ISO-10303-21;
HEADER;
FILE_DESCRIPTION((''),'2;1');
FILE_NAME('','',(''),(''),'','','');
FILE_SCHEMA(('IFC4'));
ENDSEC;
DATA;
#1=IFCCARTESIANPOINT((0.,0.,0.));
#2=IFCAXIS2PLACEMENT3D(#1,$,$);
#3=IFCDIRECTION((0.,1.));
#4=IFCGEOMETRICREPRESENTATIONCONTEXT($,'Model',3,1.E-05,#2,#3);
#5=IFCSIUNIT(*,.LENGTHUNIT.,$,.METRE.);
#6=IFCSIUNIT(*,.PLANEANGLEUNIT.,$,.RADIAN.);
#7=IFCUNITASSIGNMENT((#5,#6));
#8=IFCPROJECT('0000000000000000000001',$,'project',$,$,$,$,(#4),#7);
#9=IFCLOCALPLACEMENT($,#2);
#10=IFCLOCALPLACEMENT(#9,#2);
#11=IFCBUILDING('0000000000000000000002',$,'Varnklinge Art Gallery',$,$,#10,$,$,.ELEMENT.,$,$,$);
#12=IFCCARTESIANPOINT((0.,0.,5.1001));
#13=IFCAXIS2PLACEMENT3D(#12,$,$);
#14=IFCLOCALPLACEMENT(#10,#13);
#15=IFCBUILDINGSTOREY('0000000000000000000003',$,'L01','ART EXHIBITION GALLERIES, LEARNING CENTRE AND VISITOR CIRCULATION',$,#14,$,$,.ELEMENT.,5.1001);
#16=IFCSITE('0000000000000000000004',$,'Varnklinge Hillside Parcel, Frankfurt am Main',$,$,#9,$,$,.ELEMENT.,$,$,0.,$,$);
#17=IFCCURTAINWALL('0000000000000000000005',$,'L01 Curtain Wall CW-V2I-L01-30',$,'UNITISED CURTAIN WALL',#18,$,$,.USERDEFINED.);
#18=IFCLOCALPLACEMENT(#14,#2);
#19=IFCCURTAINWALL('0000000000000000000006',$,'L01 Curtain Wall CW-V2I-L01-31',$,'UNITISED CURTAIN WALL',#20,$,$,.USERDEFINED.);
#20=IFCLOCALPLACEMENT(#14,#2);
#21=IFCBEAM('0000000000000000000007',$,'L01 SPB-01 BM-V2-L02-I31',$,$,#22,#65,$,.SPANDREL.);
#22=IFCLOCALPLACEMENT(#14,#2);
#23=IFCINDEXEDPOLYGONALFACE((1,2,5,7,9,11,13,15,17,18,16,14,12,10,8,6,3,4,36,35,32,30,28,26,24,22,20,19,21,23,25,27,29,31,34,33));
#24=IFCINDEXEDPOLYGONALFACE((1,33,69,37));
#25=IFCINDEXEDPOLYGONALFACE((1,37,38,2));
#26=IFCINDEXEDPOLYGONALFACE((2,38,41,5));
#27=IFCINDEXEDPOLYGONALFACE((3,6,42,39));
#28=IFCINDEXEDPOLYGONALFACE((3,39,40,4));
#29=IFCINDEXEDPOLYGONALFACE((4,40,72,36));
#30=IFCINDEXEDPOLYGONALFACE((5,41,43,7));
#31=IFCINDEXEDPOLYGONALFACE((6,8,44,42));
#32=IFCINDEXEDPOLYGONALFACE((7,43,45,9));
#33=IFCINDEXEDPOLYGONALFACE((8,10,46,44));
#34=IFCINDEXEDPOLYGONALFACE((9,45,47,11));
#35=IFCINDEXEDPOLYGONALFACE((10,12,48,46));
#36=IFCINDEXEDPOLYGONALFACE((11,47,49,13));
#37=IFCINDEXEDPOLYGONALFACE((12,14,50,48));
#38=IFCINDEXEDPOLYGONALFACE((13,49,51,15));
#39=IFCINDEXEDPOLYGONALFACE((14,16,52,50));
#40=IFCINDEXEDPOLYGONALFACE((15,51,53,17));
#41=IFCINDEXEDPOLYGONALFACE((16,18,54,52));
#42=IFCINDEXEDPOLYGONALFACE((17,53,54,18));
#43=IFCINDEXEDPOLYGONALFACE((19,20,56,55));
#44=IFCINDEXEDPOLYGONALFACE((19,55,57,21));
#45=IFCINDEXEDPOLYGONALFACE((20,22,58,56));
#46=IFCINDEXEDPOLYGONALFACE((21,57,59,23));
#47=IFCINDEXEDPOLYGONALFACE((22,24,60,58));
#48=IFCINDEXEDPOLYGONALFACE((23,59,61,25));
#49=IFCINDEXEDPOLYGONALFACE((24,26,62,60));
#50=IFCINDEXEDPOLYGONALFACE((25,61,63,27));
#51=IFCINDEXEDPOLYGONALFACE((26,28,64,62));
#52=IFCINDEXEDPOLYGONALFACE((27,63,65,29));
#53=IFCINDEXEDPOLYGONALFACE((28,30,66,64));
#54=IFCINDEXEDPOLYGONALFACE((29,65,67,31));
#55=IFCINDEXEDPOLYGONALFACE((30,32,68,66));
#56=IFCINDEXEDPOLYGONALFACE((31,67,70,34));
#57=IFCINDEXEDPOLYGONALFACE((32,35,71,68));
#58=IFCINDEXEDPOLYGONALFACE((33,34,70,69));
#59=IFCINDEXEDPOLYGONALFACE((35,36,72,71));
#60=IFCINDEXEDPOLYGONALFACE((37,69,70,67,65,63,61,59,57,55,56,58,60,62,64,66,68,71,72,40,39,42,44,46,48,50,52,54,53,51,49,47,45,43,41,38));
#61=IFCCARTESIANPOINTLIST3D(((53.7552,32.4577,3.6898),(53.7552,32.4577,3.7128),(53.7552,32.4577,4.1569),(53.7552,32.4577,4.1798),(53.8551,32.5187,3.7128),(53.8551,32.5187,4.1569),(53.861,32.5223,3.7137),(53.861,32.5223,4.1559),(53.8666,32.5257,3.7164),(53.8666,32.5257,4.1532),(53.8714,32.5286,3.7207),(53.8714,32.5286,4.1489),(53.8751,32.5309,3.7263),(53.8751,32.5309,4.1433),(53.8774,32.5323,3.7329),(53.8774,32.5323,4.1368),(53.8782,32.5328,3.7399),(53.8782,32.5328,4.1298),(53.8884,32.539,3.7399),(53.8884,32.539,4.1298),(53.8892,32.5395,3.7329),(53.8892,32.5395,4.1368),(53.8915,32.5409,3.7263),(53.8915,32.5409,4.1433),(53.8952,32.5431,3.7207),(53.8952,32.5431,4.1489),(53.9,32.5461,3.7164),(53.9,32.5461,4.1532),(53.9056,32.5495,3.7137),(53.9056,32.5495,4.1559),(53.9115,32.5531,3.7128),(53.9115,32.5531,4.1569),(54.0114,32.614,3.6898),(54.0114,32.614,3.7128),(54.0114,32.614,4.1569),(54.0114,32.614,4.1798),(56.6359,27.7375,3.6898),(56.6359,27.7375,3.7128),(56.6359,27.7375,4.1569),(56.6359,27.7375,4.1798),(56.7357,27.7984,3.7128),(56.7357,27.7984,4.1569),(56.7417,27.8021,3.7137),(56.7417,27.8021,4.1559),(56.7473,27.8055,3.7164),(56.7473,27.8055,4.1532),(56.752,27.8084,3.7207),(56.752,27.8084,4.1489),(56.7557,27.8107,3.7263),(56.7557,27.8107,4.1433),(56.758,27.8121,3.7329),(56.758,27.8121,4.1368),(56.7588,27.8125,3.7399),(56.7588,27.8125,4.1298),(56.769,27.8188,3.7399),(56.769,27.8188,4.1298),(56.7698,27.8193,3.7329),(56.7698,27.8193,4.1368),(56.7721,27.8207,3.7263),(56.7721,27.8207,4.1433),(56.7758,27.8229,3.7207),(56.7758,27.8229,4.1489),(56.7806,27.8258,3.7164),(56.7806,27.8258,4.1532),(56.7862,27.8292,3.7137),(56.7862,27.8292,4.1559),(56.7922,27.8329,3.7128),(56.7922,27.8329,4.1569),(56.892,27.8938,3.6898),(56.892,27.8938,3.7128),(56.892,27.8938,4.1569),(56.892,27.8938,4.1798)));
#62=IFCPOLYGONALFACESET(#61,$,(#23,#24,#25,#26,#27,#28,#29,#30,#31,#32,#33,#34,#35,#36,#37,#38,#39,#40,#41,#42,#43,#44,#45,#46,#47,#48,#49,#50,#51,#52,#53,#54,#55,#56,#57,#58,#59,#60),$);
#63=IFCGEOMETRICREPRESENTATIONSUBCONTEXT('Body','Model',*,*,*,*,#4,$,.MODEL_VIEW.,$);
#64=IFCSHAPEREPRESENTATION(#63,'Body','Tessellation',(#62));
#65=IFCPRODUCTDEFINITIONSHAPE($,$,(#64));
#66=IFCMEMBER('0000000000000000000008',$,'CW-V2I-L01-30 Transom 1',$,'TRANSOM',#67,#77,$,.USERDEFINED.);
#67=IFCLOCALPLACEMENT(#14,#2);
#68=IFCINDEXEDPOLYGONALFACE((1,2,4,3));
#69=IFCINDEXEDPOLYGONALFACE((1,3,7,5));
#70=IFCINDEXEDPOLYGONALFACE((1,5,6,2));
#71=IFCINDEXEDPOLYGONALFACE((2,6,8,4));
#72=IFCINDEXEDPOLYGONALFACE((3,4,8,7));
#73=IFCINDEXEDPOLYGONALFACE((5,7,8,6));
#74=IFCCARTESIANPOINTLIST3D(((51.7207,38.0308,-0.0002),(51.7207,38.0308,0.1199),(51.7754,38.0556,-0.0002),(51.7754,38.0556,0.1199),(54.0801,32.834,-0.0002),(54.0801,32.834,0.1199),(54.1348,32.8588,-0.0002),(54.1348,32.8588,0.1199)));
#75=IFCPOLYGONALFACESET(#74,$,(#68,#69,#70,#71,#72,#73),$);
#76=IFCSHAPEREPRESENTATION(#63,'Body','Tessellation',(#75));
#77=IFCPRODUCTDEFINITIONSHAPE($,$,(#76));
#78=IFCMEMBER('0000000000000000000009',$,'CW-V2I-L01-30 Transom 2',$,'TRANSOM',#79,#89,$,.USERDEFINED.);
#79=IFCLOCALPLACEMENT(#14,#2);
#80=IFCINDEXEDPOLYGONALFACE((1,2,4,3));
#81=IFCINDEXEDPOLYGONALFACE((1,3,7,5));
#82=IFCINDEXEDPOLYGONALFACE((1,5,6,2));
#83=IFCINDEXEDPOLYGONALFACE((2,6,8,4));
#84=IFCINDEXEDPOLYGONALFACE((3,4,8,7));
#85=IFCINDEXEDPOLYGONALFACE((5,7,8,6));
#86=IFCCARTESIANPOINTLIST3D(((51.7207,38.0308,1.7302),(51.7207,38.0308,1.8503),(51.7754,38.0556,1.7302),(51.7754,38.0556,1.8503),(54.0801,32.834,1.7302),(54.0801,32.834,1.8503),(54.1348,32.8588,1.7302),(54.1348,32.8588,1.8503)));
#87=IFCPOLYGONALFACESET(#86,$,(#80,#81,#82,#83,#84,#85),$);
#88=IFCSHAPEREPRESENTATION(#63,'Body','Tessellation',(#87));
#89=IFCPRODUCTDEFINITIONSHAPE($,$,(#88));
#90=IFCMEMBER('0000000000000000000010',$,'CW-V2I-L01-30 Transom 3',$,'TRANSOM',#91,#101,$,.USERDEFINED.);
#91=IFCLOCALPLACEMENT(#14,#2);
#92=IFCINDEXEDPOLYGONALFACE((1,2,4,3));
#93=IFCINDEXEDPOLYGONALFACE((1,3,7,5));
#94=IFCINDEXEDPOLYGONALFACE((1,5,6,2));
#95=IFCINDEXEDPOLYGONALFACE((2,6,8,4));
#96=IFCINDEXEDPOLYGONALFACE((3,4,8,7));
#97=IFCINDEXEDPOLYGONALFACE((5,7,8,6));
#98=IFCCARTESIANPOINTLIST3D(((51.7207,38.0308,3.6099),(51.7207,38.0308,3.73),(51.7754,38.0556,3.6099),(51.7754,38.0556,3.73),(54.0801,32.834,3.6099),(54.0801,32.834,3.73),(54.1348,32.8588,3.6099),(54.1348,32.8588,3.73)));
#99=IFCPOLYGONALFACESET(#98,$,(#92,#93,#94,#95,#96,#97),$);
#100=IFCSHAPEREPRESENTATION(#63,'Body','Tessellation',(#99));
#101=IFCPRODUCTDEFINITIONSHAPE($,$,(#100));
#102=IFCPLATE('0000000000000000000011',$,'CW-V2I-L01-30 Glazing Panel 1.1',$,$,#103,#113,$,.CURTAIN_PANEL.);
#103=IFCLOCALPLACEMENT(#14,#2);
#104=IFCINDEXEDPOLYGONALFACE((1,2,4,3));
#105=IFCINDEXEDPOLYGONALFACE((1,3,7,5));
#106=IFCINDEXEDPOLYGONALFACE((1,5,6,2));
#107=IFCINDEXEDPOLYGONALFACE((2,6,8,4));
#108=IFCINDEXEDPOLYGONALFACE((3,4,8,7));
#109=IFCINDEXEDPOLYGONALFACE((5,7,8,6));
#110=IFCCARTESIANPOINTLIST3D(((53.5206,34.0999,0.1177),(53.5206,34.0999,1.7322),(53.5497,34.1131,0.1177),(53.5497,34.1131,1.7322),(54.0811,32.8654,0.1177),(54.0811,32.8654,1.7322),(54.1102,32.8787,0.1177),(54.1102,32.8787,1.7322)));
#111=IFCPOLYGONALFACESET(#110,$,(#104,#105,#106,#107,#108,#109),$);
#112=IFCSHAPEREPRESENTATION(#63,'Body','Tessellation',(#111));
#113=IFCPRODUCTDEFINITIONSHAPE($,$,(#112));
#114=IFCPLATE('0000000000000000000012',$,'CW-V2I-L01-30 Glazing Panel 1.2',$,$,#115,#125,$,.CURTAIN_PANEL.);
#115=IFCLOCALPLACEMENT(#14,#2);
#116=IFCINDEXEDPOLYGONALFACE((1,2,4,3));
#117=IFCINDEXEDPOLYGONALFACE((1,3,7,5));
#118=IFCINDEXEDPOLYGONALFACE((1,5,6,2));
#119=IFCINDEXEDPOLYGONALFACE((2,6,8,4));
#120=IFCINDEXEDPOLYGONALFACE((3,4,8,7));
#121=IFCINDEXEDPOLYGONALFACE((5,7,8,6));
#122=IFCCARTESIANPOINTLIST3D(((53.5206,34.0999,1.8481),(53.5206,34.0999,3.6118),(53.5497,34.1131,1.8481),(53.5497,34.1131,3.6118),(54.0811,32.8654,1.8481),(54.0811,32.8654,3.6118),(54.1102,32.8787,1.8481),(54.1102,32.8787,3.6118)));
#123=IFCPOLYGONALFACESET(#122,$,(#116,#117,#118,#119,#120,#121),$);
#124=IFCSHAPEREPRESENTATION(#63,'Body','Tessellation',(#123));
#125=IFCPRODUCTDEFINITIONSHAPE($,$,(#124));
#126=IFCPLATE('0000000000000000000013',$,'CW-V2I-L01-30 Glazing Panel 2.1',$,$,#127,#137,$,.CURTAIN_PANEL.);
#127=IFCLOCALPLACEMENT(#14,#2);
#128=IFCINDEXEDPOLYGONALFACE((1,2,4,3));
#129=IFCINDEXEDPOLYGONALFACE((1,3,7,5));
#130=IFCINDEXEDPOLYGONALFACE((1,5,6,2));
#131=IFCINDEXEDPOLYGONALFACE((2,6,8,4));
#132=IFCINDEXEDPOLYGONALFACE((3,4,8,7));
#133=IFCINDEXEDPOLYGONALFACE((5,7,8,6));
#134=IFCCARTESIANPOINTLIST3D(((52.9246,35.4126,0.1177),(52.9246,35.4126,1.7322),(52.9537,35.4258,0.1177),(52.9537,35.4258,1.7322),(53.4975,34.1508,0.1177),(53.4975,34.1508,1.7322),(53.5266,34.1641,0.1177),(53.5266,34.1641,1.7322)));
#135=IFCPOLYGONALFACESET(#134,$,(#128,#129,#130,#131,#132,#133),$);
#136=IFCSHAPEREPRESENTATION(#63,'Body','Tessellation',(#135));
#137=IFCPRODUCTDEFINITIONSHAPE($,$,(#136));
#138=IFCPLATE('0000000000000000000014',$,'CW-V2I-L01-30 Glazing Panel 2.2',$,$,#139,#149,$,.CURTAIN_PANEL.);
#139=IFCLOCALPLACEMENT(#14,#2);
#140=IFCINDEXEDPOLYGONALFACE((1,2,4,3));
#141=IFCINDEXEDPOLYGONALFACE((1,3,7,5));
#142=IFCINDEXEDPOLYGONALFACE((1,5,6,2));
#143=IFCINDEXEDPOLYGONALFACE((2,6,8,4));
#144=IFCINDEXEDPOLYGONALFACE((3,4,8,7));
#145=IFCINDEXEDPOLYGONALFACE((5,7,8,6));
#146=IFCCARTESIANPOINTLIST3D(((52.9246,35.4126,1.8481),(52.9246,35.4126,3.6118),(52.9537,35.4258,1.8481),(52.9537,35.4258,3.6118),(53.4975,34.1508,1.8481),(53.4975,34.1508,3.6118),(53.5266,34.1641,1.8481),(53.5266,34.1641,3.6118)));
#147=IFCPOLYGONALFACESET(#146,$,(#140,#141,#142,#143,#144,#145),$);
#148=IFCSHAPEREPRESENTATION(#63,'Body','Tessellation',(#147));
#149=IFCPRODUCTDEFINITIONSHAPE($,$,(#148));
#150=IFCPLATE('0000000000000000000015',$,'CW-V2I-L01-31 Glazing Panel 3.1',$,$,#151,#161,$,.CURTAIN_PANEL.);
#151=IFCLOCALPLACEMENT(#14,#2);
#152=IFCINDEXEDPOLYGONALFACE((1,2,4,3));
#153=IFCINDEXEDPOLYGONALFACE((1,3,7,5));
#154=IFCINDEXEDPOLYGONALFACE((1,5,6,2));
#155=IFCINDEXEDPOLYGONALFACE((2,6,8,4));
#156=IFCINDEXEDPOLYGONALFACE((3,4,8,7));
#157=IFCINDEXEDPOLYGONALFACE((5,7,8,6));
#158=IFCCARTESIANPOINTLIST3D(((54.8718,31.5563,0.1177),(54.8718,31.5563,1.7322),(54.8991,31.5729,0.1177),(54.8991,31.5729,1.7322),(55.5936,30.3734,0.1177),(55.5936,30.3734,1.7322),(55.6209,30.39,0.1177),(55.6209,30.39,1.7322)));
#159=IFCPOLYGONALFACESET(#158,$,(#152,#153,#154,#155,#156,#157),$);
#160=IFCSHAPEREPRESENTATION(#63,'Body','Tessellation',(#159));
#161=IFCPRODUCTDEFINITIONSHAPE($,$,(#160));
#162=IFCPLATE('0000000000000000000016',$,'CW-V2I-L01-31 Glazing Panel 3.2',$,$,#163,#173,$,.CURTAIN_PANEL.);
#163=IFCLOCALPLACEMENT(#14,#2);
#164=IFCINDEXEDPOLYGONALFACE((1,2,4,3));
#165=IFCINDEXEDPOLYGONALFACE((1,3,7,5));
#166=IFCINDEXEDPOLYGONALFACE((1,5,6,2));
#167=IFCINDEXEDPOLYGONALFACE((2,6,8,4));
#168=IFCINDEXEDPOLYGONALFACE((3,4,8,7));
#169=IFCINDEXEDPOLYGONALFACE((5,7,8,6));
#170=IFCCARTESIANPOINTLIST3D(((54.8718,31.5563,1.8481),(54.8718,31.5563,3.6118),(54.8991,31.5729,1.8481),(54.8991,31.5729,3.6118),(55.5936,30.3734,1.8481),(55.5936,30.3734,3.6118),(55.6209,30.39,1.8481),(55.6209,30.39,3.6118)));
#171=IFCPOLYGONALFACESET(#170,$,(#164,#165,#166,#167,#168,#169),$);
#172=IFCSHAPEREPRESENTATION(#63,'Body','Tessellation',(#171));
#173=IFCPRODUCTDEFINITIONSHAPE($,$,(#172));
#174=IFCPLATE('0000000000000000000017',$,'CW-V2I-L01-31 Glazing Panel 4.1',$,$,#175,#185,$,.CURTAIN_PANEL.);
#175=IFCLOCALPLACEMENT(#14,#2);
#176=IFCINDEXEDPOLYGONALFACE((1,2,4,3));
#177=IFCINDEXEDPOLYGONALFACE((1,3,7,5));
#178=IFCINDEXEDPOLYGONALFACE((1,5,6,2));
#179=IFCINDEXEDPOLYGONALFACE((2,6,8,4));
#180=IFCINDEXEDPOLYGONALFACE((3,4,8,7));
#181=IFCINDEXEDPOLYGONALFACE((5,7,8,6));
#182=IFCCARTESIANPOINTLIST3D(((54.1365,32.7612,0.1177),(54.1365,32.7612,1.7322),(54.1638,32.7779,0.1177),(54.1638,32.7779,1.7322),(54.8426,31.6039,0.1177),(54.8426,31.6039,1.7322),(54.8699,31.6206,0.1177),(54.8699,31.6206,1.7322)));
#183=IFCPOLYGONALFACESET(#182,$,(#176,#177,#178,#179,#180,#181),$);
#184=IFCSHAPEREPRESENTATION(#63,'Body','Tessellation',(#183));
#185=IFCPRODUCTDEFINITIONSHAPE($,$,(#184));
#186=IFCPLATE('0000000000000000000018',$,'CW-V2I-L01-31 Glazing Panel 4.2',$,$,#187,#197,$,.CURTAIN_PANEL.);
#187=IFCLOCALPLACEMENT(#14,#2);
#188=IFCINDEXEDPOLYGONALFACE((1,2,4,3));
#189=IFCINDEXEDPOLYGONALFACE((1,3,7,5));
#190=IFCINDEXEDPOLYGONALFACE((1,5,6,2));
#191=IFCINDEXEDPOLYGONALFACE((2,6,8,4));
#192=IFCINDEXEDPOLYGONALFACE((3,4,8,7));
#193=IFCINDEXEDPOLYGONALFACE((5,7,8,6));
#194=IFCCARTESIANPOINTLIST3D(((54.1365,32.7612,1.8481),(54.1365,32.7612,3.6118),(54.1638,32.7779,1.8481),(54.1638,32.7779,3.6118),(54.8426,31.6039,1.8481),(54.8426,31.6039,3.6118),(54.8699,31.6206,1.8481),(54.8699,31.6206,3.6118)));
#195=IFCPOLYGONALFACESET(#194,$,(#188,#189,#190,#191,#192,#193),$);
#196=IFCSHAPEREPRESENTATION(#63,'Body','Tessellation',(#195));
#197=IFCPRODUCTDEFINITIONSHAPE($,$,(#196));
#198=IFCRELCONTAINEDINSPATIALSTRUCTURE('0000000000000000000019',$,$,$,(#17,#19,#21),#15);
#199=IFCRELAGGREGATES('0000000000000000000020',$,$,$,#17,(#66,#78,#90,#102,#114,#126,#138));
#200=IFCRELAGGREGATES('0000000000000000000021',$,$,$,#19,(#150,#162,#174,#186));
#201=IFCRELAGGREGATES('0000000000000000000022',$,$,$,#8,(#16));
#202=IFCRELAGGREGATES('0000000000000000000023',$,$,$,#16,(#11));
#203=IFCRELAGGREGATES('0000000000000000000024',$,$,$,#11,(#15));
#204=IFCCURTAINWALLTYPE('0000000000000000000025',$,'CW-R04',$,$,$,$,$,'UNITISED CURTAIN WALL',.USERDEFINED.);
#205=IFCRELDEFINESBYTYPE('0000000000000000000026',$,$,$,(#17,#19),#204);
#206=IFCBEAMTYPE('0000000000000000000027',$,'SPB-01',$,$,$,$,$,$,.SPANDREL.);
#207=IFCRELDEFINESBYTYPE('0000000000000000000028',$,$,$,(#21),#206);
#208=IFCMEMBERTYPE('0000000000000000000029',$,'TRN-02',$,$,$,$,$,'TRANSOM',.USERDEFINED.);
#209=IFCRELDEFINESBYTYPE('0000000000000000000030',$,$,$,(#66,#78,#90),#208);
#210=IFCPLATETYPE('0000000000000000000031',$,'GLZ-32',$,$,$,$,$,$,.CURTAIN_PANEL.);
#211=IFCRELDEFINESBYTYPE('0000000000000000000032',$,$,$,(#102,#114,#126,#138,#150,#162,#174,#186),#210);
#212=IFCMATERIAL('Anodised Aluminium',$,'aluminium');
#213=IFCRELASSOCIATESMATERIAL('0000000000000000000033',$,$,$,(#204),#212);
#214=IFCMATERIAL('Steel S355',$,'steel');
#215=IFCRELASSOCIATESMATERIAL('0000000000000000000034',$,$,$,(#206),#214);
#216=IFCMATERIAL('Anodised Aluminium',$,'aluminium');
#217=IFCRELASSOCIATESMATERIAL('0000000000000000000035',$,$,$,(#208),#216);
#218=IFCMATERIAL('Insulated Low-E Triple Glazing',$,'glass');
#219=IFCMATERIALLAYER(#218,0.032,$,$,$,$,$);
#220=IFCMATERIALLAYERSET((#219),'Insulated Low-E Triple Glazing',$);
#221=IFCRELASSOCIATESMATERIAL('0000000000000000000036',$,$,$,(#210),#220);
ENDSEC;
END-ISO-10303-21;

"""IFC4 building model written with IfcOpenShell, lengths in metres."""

from ifc_helpers import new_model, si_unit, direction, frame, origin, origin_2d, place, context, subcontext, project, spatial, rectangle, i_section, extrude, material, layer, layer_set, material_profile, profile_set, type_object, element, aggregate, save


model = new_model("IFC4")

# Units and contexts
model_context = context("Model", 3, precision=1e-05, world=origin(), true_north=direction((0.0, 1.0)))
body_context = subcontext(model_context, "Body", "Model", "MODEL_VIEW")
ifc_project = project(units=[si_unit("LENGTHUNIT", "METRE"), si_unit("PLANEANGLEUNIT", "RADIAN")], contexts=[model_context])

# Site, building, storey
site_placement = place(None, origin())
site = spatial("IfcSite", under=ifc_project, at=site_placement, Name="Varnklinge Hillside Parcel, Frankfurt am Main", CompositionType="ELEMENT", RefElevation=0.0)
building_placement = place(site_placement, origin())
building = spatial("IfcBuilding", under=site, at=building_placement, Name="Varnklinge Art Gallery", CompositionType="ELEMENT")
storey_placement = place(building_placement, frame((0.0, 0.0, 5.1001)))
storey = spatial("IfcBuildingStorey", under=building, at=storey_placement, Name="L01", Description="ART EXHIBITION GALLERIES, LEARNING CENTRE AND VISITOR CIRCULATION", CompositionType="ELEMENT", Elevation=5.1001)

# Curtain walls
ifc_material_1 = material(Name="Anodised Aluminium", Category="aluminium")
curtain_wall_type = type_object("IfcCurtainWallType", Name="CW-R04", ElementType="UNITISED CURTAIN WALL", PredefinedType="USERDEFINED", material=ifc_material_1)
curtain_wall_1_placement = place(storey_placement, origin())
curtain_wall_1 = element("IfcCurtainWall", 1, at=curtain_wall_1_placement, inside=storey, type_object=curtain_wall_type, Name="L01 Curtain Wall CW-V2I-L01-30", ObjectType="UNITISED CURTAIN WALL", PredefinedType="USERDEFINED")
curtain_wall_2_placement = place(storey_placement, origin())
curtain_wall_2 = element("IfcCurtainWall", 2, at=curtain_wall_2_placement, inside=storey, type_object=curtain_wall_type, Name="L01 Curtain Wall CW-V2I-L01-31", ObjectType="UNITISED CURTAIN WALL", PredefinedType="USERDEFINED")

# Beam
ifc_material_2 = material(Name="Steel S355", Category="steel")
ifc_material_profile_1 = material_profile(ifc_material_2, i_section(OverallWidth=0.3, OverallDepth=0.49, WebThickness=0.012, FlangeThickness=0.0229, FilletRadius=0.0271, at=origin_2d()), Name="HEA 500")
ifc_profile_set_1 = profile_set([ifc_material_profile_1], Name="Steel S355")
beam_type_1 = type_object("IfcBeamType", Name="SPB-01", PredefinedType="SPANDREL", material=ifc_profile_set_1)
beam_1_placement = place(storey_placement, frame((53.8833, 32.5359, 3.9348), z_axis=(0.520928, -0.8536, 0.0), x_axis=(0.8536, 0.520928, 0.0)))
element("IfcBeam", 3, at=beam_1_placement, inside=storey, type_object=beam_type_1, Name="L01 SPB-01 BM-V2-L02-I31", PredefinedType="SPANDREL", context=body_context, shape_type="SweptSolid", body=[
    extrude(i_section(OverallWidth=0.3, OverallDepth=0.49, WebThickness=0.012, FlangeThickness=0.0229, FilletRadius=0.0271, at=origin_2d()), origin(), (0.0, 0.0, 1.0), 5.5298),
])

# Members
ifc_material_3 = material(Name="Anodised Aluminium", Category="aluminium")
ifc_material_profile_2 = material_profile(ifc_material_3, rectangle(XDim=0.0601, YDim=0.1201, at=origin_2d()), Name="ALU 60x120")
ifc_profile_set_2 = profile_set([ifc_material_profile_2], Name="Anodised Aluminium")
member_type_1 = type_object("IfcMemberType", Name="TRN-02", ElementType="TRANSOM", PredefinedType="USERDEFINED", material=ifc_profile_set_2)
member_1_placement = place(storey_placement, frame((54.1074, 32.8464, 0.0598), z_axis=(-0.413397, 0.910551, 0.0), x_axis=(-0.910551, -0.413397, 0.0)))
member_1 = element("IfcMember", 4, at=member_1_placement, type_object=member_type_1, Name="CW-V2I-L01-30 Transom 1", ObjectType="TRANSOM", PredefinedType="USERDEFINED", context=body_context, shape_type="SweptSolid", body=[
    extrude(rectangle(XDim=0.0601, YDim=0.1201, at=origin_2d()), origin(), (0.0, 0.0, 1.0), 5.7073),
])
member_2_placement = place(storey_placement, frame((54.1074, 32.8464, 1.7903), z_axis=(-0.413397, 0.910551, 0.0), x_axis=(-0.910551, -0.413397, 0.0)))
member_2 = element("IfcMember", 5, at=member_2_placement, type_object=member_type_1, Name="CW-V2I-L01-30 Transom 2", ObjectType="TRANSOM", PredefinedType="USERDEFINED", context=body_context, shape_type="SweptSolid", body=[
    extrude(rectangle(XDim=0.0601, YDim=0.1201, at=origin_2d()), origin(), (0.0, 0.0, 1.0), 5.7073),
])
member_3_placement = place(storey_placement, frame((54.1074, 32.8464, 3.6699), z_axis=(-0.413397, 0.910551, 0.0), x_axis=(-0.910551, -0.413397, 0.0)))
member_3 = element("IfcMember", 6, at=member_3_placement, type_object=member_type_1, Name="CW-V2I-L01-30 Transom 3", ObjectType="TRANSOM", PredefinedType="USERDEFINED", context=body_context, shape_type="SweptSolid", body=[
    extrude(rectangle(XDim=0.0601, YDim=0.1201, at=origin_2d()), origin(), (0.0, 0.0, 1.0), 5.7073),
])

# Plates
ifc_material_4 = material(Name="Insulated Low-E Triple Glazing", Category="glass")
ifc_layer_1 = layer(ifc_material_4, 0.032)
ifc_layer_set_1 = layer_set([ifc_layer_1], Name="Insulated Low-E Triple Glazing")
plate_type_1 = type_object("IfcPlateType", Name="GLZ-32", PredefinedType="CURTAIN_PANEL", material=ifc_layer_set_1)
plate_1_placement = place(storey_placement, frame((53.8154, 33.4893, 0.1177), z_axis=(0.0, 0.0, 1.0), x_axis=(-0.413422, 0.910539, 0.0)))
plate_1 = element("IfcPlate", 7, at=plate_1_placement, type_object=plate_type_1, Name="CW-V2I-L01-30 Glazing Panel 1.1", PredefinedType="CURTAIN_PANEL", context=body_context, shape_type="SweptSolid", body=[
    extrude(rectangle(XDim=1.3557, YDim=0.032, at=origin_2d()), origin(), (0.0, 0.0, 1.0), 1.6145),
])
plate_2_placement = place(storey_placement, frame((53.8154, 33.4893, 1.8481), z_axis=(0.0, 0.0, 1.0), x_axis=(-0.413422, 0.910539, 0.0)))
plate_2 = element("IfcPlate", 8, at=plate_2_placement, type_object=plate_type_1, Name="CW-V2I-L01-30 Glazing Panel 1.2", PredefinedType="CURTAIN_PANEL", context=body_context, shape_type="SweptSolid", body=[
    extrude(rectangle(XDim=1.3557, YDim=0.032, at=origin_2d()), origin(), (0.0, 0.0, 1.0), 1.7637),
])
plate_3_placement = place(storey_placement, frame((53.2256, 34.7883, 0.1177), z_axis=(0.0, 0.0, 1.0), x_axis=(-0.413422, 0.910539, 0.0)))
plate_3 = element("IfcPlate", 9, at=plate_3_placement, type_object=plate_type_1, Name="CW-V2I-L01-30 Glazing Panel 2.1", PredefinedType="CURTAIN_PANEL", context=body_context, shape_type="SweptSolid", body=[
    extrude(rectangle(XDim=1.3857, YDim=0.032, at=origin_2d()), origin(), (0.0, 0.0, 1.0), 1.6145),
])
plate_4_placement = place(storey_placement, frame((53.2256, 34.7883, 1.8481), z_axis=(0.0, 0.0, 1.0), x_axis=(-0.413422, 0.910539, 0.0)))
plate_4 = element("IfcPlate", 10, at=plate_4_placement, type_object=plate_type_1, Name="CW-V2I-L01-30 Glazing Panel 2.2", PredefinedType="CURTAIN_PANEL", context=body_context, shape_type="SweptSolid", body=[
    extrude(rectangle(XDim=1.3857, YDim=0.032, at=origin_2d()), origin(), (0.0, 0.0, 1.0), 1.7637),
])
aggregate(curtain_wall_1, [member_1, member_2, member_3, plate_1, plate_2, plate_3, plate_4])
plate_5_placement = place(storey_placement, frame((55.2463, 30.9731, 0.1177), z_axis=(0.0, 0.0, 1.0), x_axis=(-0.520861, 0.853642, 0.0)))
plate_5 = element("IfcPlate", 11, at=plate_5_placement, type_object=plate_type_1, Name="CW-V2I-L01-31 Glazing Panel 3.1", PredefinedType="CURTAIN_PANEL", context=body_context, shape_type="SweptSolid", body=[
    extrude(rectangle(XDim=1.3857, YDim=0.032, at=origin_2d()), origin(), (0.0, 0.0, 1.0), 1.6145),
])
plate_6_placement = place(storey_placement, frame((55.2463, 30.9731, 1.8481), z_axis=(0.0, 0.0, 1.0), x_axis=(-0.520861, 0.853642, 0.0)))
plate_6 = element("IfcPlate", 12, at=plate_6_placement, type_object=plate_type_1, Name="CW-V2I-L01-31 Glazing Panel 3.2", PredefinedType="CURTAIN_PANEL", context=body_context, shape_type="SweptSolid", body=[
    extrude(rectangle(XDim=1.3857, YDim=0.032, at=origin_2d()), origin(), (0.0, 0.0, 1.0), 1.7637),
])
plate_7_placement = place(storey_placement, frame((54.5032, 32.1909, 0.1177), z_axis=(0.0, 0.0, 1.0), x_axis=(-0.520861, 0.853642, 0.0)))
plate_7 = element("IfcPlate", 13, at=plate_7_placement, type_object=plate_type_1, Name="CW-V2I-L01-31 Glazing Panel 4.1", PredefinedType="CURTAIN_PANEL", context=body_context, shape_type="SweptSolid", body=[
    extrude(rectangle(XDim=1.3557, YDim=0.032, at=origin_2d()), origin(), (0.0, 0.0, 1.0), 1.6145),
])
plate_8_placement = place(storey_placement, frame((54.5032, 32.1909, 1.8481), z_axis=(0.0, 0.0, 1.0), x_axis=(-0.520861, 0.853642, 0.0)))
plate_8 = element("IfcPlate", 14, at=plate_8_placement, type_object=plate_type_1, Name="CW-V2I-L01-31 Glazing Panel 4.2", PredefinedType="CURTAIN_PANEL", context=body_context, shape_type="SweptSolid", body=[
    extrude(rectangle(XDim=1.3557, YDim=0.032, at=origin_2d()), origin(), (0.0, 0.0, 1.0), 1.7637),
])
aggregate(curtain_wall_2, [plate_5, plate_6, plate_7, plate_8])

save(model, "model.ifc")
